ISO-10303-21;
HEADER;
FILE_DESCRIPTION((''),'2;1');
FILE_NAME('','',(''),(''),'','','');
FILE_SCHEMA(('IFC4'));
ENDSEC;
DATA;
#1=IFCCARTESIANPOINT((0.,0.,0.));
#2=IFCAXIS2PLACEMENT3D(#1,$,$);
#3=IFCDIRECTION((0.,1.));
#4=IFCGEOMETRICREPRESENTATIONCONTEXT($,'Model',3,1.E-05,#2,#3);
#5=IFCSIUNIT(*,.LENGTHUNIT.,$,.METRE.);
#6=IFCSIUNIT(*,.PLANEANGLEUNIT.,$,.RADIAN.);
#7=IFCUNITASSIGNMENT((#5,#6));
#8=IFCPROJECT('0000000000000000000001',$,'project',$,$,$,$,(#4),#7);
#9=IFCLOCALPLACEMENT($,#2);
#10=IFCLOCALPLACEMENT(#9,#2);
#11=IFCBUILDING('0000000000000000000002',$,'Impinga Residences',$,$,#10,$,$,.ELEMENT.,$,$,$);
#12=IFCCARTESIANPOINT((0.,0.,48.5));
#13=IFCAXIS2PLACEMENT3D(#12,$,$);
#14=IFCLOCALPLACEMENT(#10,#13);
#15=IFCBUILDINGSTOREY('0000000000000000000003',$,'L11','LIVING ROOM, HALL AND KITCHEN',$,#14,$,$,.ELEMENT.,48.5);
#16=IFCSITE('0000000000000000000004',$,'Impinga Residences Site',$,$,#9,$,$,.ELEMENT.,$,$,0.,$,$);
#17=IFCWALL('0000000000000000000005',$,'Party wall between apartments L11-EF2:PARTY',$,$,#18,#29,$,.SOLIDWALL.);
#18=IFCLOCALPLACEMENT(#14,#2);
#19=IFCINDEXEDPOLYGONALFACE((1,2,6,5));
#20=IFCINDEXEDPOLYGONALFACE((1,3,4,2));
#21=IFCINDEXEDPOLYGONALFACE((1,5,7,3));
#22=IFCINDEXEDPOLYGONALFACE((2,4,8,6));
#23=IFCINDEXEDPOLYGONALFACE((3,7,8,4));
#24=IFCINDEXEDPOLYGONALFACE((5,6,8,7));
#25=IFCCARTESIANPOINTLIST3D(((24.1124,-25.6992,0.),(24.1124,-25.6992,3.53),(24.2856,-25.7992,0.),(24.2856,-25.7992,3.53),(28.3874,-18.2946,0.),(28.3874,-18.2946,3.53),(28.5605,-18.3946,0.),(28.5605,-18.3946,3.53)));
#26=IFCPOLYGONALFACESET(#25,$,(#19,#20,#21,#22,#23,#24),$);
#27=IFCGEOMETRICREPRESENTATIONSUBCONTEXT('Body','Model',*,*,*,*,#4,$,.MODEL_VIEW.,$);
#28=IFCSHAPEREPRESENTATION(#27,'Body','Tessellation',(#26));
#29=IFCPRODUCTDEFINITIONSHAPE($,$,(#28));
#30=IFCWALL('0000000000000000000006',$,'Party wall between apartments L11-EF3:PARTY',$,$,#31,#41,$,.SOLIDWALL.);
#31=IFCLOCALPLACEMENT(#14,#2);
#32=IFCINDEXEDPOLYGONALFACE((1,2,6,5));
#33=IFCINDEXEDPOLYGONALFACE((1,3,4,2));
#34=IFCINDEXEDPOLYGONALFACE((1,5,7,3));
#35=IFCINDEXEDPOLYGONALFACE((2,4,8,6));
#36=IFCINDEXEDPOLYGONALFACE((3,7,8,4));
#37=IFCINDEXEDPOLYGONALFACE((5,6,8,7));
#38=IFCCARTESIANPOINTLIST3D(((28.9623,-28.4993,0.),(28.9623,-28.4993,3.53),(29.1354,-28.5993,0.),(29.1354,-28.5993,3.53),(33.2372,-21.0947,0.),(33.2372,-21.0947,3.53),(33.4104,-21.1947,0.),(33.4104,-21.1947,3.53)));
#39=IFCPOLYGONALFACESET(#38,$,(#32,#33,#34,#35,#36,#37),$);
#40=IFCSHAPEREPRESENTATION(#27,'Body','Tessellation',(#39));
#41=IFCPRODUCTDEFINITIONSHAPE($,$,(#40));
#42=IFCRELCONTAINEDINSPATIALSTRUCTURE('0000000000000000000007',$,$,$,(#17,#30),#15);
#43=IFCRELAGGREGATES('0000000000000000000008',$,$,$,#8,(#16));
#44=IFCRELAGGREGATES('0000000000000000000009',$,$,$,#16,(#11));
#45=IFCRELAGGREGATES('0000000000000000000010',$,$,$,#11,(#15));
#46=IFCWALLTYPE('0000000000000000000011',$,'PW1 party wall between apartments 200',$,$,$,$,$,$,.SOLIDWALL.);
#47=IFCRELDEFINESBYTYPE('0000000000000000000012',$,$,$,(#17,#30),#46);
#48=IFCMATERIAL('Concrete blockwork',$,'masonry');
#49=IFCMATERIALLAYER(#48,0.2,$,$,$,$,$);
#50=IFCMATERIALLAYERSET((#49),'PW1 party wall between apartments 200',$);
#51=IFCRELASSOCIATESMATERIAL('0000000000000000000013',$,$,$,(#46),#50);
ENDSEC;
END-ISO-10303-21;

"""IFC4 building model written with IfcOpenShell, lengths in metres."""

from ifc_helpers import new_model, si_unit, direction, frame, frame_2d, origin, place, context, subcontext, project, spatial, rectangle, extrude, material, layer, layer_set, type_object, element, save


model = new_model("IFC4")

# Units and contexts
model_context = context("Model", 3, precision=1e-05, world=origin(), true_north=direction((0.0, 1.0)))
body_context = subcontext(model_context, "Body", "Model", "MODEL_VIEW")
ifc_project = project(units=[si_unit("LENGTHUNIT", "METRE"), si_unit("PLANEANGLEUNIT", "RADIAN")], contexts=[model_context])

# Site, building, storey
site_placement = place(None, origin())
site = spatial("IfcSite", under=ifc_project, at=site_placement, Name="Impinga Residences Site", CompositionType="ELEMENT", RefElevation=0.0)
building_placement = place(site_placement, origin())
building = spatial("IfcBuilding", under=site, at=building_placement, Name="Impinga Residences", CompositionType="ELEMENT")
storey_placement = place(building_placement, frame((0.0, 0.0, 48.5)))
storey = spatial("IfcBuildingStorey", under=building, at=storey_placement, Name="L11", Description="LIVING ROOM, HALL AND KITCHEN", CompositionType="ELEMENT", Elevation=48.5)

# Walls
ifc_material_1 = material(Name="Concrete blockwork", Category="masonry")
ifc_layer_1 = layer(ifc_material_1, 0.2)
ifc_layer_set_1 = layer_set([ifc_layer_1], Name="PW1 party wall between apartments 200")
wall_type_1 = type_object("IfcWallType", Name="PW1 party wall between apartments 200", PredefinedType="SOLIDWALL", material=ifc_layer_set_1)
for number, where, z_axis, x_axis, name in (
    (1, (28.4739, -18.3447, 0.0), (0.0, 0.0, 1.0), (-0.49999, -0.866031, 0.0), "Party wall between apartments L11-EF2:PARTY"),
    (2, (33.3237, -21.1448, 0.0), (0.0, 0.0, 1.0), (-0.49999, -0.866031, 0.0), "Party wall between apartments L11-EF3:PARTY"),
):
    element("IfcWall", number, at=place(storey_placement, frame(where, z_axis=z_axis, x_axis=x_axis)), inside=storey, type_object=wall_type_1, Name=name, PredefinedType="SOLIDWALL", context=body_context, shape_type="SweptSolid", body=[
        extrude(rectangle(XDim=8.55, YDim=0.2, at=frame_2d((4.2749, 0.0))), origin(), (0.0, 0.0, 1.0), 3.53),
    ])

save(model, "model.ifc")
